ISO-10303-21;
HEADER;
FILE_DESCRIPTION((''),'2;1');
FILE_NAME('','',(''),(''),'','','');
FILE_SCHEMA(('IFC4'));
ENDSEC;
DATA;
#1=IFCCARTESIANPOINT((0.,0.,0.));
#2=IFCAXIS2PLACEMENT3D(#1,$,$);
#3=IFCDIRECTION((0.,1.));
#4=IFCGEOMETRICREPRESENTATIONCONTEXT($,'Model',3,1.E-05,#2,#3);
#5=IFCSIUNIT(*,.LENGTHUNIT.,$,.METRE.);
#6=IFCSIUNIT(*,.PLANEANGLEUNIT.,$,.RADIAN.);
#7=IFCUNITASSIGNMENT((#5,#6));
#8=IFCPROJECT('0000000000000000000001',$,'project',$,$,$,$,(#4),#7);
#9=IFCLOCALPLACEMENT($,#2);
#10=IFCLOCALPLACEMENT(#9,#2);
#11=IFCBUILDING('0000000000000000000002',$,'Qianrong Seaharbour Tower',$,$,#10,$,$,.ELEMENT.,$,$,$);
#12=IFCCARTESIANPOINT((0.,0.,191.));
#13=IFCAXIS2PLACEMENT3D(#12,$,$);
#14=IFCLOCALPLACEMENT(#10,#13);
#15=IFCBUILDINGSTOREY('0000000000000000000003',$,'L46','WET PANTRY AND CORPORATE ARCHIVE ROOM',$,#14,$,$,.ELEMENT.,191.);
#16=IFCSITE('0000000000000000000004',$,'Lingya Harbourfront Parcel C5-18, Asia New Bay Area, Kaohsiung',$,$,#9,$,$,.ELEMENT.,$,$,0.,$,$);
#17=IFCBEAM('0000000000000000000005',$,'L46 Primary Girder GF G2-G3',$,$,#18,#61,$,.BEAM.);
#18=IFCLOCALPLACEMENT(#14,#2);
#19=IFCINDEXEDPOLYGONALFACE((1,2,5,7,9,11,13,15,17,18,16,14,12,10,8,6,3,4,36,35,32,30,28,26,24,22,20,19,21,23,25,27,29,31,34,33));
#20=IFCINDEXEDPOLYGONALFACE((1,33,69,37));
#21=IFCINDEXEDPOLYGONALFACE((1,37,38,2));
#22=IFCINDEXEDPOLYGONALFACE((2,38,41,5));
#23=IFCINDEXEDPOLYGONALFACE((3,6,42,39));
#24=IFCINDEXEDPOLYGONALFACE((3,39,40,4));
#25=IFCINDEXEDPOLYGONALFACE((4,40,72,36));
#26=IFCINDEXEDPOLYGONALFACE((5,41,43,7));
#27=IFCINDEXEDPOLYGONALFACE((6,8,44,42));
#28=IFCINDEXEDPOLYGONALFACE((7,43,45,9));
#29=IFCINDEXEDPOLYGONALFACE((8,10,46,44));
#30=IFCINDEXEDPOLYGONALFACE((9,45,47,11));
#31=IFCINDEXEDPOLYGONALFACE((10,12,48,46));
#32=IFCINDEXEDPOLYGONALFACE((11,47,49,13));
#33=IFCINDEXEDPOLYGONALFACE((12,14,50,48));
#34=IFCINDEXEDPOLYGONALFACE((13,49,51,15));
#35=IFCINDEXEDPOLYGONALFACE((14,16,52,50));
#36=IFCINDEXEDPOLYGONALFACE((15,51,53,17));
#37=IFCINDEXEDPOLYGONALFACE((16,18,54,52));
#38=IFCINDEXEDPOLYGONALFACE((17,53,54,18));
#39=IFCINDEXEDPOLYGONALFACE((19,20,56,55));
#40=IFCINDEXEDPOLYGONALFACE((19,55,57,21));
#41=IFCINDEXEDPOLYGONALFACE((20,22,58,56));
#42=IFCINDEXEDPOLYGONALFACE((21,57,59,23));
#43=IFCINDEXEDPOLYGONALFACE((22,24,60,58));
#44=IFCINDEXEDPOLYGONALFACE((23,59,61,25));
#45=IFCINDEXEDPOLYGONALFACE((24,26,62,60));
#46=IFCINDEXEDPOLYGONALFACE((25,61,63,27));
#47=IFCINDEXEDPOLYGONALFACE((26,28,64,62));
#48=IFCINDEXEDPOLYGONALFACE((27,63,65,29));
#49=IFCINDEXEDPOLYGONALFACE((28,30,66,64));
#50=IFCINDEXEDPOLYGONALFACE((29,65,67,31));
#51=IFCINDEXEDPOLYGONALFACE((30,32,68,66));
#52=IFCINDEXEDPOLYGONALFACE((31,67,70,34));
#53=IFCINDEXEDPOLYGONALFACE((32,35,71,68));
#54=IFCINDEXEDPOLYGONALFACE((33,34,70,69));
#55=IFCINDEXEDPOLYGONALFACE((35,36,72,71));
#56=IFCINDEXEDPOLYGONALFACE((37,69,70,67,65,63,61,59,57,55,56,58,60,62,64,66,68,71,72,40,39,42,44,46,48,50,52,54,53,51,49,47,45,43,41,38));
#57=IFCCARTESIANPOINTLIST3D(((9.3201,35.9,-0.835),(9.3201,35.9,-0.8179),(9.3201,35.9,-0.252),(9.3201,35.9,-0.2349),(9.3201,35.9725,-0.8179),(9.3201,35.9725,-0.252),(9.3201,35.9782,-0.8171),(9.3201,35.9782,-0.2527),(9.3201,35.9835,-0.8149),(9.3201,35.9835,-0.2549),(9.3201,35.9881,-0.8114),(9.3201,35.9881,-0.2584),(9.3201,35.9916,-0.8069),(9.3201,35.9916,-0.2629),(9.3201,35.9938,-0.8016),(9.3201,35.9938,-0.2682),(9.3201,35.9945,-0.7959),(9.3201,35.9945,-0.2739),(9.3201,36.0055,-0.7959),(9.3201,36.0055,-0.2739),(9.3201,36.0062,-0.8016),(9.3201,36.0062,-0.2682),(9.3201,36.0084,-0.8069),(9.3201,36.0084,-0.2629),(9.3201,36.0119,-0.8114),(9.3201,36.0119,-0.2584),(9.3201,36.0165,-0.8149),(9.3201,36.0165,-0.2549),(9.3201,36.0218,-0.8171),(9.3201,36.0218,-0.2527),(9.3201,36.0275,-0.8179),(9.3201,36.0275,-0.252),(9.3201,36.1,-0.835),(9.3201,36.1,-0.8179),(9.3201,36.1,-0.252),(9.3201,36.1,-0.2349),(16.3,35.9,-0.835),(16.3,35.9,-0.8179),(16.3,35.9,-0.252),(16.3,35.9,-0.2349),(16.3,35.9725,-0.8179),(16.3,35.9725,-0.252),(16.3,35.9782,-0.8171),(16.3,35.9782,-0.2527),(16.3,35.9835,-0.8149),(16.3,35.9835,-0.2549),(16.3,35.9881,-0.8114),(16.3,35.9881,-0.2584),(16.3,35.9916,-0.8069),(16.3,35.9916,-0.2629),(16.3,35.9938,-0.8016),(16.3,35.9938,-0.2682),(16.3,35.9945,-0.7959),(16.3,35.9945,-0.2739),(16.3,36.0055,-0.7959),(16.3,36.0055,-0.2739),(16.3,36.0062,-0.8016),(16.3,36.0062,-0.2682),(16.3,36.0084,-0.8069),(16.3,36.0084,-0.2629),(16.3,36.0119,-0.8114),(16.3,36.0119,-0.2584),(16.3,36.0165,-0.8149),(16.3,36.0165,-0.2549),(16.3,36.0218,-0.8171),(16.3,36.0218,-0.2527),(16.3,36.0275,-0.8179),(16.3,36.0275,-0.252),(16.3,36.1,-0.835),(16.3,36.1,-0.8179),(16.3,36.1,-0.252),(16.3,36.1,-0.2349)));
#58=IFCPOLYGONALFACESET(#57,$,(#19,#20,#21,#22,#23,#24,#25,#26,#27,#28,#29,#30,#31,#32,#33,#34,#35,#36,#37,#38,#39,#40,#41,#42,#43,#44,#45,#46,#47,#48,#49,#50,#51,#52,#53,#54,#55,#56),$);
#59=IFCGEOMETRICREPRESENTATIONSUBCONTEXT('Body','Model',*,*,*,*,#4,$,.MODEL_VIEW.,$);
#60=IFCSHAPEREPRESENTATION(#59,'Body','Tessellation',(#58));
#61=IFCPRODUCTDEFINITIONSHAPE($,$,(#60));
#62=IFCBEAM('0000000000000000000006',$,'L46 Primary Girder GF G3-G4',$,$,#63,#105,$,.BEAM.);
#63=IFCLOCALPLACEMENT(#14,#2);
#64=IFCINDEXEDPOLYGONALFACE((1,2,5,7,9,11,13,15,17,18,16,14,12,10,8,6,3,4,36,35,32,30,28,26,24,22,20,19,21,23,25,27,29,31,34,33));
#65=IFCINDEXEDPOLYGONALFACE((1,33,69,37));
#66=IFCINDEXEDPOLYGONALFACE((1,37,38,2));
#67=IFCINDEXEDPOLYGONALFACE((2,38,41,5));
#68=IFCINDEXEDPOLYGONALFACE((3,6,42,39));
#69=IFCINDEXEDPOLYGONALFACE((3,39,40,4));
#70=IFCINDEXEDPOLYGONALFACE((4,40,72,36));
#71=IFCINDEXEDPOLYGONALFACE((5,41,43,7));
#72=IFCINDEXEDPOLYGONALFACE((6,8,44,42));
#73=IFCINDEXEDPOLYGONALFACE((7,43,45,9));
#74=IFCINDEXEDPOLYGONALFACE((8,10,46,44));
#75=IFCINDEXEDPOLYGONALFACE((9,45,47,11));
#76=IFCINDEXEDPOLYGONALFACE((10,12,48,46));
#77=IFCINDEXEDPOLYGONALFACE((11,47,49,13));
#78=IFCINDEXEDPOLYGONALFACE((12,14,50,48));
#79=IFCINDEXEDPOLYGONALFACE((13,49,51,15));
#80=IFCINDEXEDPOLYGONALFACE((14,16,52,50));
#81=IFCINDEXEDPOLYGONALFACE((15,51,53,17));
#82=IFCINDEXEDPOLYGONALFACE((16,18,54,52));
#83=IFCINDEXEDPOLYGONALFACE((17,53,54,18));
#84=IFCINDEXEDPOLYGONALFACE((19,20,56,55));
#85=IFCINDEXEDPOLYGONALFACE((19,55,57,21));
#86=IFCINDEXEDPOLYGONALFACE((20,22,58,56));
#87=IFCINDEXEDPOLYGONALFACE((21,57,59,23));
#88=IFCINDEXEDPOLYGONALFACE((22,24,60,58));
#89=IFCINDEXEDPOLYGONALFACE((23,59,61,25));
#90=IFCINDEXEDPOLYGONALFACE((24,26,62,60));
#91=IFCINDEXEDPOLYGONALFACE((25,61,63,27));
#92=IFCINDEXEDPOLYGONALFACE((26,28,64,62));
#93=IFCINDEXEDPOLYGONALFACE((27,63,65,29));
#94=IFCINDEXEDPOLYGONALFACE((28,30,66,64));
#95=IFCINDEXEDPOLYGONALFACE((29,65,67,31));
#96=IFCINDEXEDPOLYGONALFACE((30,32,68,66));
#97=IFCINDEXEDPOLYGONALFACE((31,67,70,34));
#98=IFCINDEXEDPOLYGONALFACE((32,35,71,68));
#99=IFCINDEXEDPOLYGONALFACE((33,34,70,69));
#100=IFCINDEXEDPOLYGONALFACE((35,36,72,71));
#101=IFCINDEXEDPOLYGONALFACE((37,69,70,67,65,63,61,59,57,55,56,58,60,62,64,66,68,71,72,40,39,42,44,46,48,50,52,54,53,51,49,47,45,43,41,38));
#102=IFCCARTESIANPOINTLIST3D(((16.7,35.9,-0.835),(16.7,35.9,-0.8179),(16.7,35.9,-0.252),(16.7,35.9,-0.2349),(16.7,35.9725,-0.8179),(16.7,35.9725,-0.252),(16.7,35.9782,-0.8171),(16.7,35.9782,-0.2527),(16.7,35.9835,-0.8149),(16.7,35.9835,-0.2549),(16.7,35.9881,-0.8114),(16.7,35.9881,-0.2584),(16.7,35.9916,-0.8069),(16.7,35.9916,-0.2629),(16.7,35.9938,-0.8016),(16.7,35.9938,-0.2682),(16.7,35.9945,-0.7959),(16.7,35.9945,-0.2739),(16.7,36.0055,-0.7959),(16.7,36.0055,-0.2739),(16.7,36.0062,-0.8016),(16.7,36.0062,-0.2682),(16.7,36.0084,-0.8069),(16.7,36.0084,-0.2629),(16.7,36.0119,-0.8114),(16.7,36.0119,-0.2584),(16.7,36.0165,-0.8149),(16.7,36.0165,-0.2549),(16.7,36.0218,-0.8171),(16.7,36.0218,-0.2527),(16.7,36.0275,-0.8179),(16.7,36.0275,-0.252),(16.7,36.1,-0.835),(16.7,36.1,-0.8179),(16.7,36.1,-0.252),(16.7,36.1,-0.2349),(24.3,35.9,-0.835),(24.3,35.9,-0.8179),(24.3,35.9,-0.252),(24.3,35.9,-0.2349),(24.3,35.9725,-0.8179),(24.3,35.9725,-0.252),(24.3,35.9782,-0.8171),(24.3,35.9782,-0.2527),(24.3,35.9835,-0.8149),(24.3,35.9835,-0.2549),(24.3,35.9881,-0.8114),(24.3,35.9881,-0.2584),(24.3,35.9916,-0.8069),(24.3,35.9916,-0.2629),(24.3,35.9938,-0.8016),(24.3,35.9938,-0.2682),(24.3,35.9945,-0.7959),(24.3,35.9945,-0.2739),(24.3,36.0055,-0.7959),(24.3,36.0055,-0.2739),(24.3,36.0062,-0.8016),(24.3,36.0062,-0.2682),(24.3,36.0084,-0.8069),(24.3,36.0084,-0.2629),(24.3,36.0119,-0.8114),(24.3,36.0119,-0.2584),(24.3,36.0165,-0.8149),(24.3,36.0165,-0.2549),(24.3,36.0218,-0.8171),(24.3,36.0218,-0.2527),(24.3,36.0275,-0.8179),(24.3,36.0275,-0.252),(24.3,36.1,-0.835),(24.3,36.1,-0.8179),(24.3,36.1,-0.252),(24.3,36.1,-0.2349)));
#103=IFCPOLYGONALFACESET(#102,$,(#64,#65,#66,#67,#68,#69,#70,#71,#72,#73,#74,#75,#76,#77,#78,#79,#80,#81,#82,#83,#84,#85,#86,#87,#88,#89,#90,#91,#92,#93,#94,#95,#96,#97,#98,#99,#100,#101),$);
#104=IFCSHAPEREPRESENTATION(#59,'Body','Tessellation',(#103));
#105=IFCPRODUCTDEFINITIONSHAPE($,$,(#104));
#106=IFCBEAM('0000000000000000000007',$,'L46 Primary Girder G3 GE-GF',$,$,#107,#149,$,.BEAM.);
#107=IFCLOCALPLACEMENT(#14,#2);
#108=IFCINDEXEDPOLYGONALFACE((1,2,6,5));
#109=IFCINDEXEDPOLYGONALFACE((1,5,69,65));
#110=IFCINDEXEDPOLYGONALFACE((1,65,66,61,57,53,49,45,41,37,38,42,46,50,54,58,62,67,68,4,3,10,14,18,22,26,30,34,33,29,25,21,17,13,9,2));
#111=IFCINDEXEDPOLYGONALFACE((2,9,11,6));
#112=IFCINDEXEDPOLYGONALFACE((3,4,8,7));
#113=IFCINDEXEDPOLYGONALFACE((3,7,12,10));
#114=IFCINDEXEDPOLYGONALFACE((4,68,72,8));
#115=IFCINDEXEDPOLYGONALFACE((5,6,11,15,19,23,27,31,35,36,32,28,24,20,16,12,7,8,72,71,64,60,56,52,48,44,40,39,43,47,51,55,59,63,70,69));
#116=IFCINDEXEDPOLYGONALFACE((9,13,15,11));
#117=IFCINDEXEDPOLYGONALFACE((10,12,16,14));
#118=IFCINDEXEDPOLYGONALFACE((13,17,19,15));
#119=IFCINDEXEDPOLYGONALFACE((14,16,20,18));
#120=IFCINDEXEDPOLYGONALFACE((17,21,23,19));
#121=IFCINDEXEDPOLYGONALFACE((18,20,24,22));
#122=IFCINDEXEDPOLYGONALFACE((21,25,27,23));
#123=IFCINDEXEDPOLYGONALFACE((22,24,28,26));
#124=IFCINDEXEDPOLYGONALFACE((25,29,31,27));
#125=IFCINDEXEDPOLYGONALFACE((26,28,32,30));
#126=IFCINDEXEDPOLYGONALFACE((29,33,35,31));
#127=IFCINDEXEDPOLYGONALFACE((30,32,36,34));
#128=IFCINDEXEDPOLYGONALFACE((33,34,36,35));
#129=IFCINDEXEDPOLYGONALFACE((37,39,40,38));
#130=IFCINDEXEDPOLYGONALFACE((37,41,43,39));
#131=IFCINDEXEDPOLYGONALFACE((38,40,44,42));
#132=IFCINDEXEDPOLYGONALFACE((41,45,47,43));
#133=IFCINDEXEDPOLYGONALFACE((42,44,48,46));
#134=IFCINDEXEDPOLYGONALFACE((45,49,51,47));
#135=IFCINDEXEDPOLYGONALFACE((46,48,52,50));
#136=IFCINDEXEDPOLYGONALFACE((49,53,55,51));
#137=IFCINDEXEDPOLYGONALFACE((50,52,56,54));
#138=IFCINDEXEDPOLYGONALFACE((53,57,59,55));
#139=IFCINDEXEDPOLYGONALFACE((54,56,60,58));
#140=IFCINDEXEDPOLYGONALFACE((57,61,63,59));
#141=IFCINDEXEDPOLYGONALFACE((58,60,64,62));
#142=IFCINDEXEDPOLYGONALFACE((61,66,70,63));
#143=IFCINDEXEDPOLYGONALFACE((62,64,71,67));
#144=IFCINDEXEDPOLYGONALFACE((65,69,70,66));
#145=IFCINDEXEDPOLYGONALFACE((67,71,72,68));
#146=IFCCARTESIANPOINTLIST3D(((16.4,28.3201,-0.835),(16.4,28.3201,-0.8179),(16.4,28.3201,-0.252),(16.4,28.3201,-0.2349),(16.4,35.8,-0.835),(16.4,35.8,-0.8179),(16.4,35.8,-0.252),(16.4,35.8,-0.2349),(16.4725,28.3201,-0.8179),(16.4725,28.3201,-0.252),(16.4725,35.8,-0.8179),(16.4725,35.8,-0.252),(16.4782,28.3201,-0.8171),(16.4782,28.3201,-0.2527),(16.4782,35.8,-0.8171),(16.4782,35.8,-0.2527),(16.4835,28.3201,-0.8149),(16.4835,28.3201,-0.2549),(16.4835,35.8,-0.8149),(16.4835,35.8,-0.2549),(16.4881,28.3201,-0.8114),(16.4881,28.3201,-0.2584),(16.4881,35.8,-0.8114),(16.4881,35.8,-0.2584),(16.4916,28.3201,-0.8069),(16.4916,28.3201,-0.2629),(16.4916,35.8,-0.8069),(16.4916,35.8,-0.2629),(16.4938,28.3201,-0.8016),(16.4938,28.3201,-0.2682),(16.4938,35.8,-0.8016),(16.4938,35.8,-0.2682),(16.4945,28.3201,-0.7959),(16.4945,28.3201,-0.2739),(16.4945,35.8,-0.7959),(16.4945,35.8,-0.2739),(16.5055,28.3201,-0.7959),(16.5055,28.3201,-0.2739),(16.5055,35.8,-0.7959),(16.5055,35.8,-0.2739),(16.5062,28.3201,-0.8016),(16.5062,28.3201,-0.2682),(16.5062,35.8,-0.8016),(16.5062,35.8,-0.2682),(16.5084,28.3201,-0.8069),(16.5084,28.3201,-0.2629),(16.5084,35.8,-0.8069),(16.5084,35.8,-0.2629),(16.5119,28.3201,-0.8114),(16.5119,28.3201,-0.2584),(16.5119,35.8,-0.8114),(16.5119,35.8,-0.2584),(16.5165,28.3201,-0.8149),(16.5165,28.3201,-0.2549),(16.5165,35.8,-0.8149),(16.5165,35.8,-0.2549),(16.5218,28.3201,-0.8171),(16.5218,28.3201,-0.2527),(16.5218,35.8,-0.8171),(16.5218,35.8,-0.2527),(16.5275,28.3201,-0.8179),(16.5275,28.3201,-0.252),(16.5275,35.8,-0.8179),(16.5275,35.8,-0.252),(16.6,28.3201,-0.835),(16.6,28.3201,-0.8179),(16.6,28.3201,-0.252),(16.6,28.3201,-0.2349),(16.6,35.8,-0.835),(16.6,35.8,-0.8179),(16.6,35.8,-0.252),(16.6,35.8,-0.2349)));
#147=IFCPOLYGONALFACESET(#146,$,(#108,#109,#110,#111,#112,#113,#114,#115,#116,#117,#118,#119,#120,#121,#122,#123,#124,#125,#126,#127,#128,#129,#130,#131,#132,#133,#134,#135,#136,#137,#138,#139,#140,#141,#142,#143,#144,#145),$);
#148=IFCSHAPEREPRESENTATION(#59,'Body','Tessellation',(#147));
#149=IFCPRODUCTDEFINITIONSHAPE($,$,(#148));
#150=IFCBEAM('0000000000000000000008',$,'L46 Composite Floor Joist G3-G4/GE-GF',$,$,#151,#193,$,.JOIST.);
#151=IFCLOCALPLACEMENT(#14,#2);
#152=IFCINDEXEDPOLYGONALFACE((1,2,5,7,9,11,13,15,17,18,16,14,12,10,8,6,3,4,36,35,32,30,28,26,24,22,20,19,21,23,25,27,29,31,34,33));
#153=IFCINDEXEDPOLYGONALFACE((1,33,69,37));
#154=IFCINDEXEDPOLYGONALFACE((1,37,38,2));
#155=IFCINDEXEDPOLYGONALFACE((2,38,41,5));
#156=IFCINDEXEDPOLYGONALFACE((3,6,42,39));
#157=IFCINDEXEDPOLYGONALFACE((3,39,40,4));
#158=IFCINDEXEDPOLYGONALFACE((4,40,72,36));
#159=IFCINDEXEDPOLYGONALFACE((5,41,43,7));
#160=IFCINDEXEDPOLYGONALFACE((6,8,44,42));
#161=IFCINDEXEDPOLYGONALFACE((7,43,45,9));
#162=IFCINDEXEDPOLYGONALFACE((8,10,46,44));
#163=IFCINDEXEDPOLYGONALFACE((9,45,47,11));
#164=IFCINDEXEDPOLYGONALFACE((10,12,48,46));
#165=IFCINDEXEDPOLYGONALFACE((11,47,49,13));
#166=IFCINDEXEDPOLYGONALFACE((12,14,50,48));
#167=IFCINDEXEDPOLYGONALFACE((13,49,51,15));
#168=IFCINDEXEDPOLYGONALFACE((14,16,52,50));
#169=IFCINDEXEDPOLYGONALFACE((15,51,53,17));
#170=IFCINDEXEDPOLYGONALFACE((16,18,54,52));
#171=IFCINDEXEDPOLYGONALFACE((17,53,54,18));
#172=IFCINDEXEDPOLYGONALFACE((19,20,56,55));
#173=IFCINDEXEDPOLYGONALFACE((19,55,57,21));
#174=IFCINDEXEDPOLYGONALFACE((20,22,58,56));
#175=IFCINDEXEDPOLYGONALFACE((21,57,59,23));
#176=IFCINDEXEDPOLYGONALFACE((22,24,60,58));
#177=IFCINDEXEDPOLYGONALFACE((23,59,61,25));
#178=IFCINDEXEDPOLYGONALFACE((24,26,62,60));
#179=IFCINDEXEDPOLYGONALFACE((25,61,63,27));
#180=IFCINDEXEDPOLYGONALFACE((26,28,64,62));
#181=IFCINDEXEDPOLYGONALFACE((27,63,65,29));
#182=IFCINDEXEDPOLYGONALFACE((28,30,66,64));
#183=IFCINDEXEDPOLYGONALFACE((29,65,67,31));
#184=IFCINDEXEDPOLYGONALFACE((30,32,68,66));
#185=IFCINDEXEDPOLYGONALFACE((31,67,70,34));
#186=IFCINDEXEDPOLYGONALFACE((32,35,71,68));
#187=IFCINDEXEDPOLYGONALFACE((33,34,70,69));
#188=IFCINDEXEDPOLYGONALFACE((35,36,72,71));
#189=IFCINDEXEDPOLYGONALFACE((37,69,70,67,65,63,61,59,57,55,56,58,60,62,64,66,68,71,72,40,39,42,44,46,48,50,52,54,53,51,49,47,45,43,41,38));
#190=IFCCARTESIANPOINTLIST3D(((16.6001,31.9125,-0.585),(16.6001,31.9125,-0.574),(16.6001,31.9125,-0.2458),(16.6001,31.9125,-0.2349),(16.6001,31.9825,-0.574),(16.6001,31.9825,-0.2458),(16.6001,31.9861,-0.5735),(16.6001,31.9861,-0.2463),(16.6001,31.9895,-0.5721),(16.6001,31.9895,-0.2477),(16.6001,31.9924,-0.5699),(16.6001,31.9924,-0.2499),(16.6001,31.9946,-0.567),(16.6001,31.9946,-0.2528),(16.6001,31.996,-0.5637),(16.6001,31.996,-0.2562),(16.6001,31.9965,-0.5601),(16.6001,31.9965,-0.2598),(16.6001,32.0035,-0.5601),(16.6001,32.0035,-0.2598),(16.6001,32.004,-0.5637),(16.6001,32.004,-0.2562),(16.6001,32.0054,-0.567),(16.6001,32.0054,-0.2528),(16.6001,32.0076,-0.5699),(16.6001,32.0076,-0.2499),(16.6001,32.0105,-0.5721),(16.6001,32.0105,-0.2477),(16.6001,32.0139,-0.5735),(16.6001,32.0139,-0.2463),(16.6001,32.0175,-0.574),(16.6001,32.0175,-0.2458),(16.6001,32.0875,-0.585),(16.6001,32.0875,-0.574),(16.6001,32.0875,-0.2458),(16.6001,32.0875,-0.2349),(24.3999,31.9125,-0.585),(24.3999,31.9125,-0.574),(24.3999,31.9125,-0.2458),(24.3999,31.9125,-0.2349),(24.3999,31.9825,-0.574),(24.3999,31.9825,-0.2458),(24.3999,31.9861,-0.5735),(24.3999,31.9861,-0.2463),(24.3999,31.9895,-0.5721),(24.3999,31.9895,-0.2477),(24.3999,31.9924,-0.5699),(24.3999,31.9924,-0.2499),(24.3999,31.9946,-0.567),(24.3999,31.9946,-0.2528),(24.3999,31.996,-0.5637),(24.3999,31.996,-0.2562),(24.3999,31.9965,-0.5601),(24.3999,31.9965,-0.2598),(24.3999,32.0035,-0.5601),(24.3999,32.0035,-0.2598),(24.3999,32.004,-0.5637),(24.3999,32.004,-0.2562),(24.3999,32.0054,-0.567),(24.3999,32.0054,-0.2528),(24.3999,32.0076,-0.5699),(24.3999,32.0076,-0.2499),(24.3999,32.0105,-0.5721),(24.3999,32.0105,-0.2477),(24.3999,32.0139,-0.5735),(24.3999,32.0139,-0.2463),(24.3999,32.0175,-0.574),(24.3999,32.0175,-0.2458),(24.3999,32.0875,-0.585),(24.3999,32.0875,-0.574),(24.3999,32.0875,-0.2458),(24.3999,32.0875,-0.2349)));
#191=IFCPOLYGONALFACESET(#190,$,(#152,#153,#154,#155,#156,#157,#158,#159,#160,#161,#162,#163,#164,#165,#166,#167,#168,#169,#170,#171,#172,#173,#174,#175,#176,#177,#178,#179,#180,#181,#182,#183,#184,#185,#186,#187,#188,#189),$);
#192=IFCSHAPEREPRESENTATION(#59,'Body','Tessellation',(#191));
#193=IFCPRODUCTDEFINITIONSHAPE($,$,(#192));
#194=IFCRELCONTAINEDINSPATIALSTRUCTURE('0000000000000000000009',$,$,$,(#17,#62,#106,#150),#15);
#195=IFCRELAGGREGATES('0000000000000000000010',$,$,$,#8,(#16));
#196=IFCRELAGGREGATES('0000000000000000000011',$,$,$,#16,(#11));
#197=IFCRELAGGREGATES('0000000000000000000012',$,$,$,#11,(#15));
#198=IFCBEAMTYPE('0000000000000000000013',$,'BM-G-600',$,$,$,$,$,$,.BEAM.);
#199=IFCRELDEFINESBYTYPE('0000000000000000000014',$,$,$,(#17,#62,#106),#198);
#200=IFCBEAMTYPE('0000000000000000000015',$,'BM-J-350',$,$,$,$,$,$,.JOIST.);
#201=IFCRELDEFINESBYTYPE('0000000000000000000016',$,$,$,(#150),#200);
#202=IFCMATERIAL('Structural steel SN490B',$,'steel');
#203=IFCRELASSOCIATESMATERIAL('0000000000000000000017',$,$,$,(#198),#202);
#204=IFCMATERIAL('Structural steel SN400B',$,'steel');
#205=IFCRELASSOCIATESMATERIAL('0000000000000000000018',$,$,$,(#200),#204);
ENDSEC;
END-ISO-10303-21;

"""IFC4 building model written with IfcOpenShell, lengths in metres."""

from ifc_helpers import new_model, si_unit, direction, frame, origin, origin_2d, place, context, subcontext, project, spatial, i_section, extrude, material, material_profile, profile_set, type_object, element, save


model = new_model("IFC4")

# Units and contexts
model_context = context("Model", 3, precision=1e-05, world=origin(), true_north=direction((0.0, 1.0)))
body_context = subcontext(model_context, "Body", "Model", "MODEL_VIEW")
ifc_project = project(units=[si_unit("LENGTHUNIT", "METRE"), si_unit("PLANEANGLEUNIT", "RADIAN")], contexts=[model_context])

# Site, building, storey
site_placement = place(None, origin())
site = spatial("IfcSite", under=ifc_project, at=site_placement, Name="Lingya Harbourfront Parcel C5-18, Asia New Bay Area, Kaohsiung", CompositionType="ELEMENT", RefElevation=0.0)
building_placement = place(site_placement, origin())
building = spatial("IfcBuilding", under=site, at=building_placement, Name="Qianrong Seaharbour Tower", CompositionType="ELEMENT")
storey_placement = place(building_placement, frame((0.0, 0.0, 191.0)))
storey = spatial("IfcBuildingStorey", under=building, at=storey_placement, Name="L46", Description="WET PANTRY AND CORPORATE ARCHIVE ROOM", CompositionType="ELEMENT", Elevation=191.0)

# Shared definitions
ifc_material_1 = material(Name="Structural steel SN490B", Category="steel")

# Beams
ifc_material_profile_1 = material_profile(ifc_material_1, i_section(OverallWidth=0.2, OverallDepth=0.6001, WebThickness=0.011, FlangeThickness=0.0171, FilletRadius=0.022, at=origin_2d()), Name="H600x200x11x17")
ifc_profile_set_1 = profile_set([ifc_material_profile_1], Name="Structural steel SN490B")
beam_type_1 = type_object("IfcBeamType", Name="BM-G-600", PredefinedType="BEAM", material=ifc_profile_set_1)
beam_1_placement = place(storey_placement, frame((9.3201, 36.0, -0.5349), z_axis=(1.0, 0.0, 0.0), x_axis=(0.0, 1.0, 0.0)))
element("IfcBeam", 1, at=beam_1_placement, inside=storey, type_object=beam_type_1, Name="L46 Primary Girder GF G2-G3", PredefinedType="BEAM", context=body_context, shape_type="SweptSolid", body=[
    extrude(i_section(OverallWidth=0.2, OverallDepth=0.6001, WebThickness=0.011, FlangeThickness=0.0171, FilletRadius=0.022, at=origin_2d()), origin(), (0.0, 0.0, 1.0), 6.98),
])
beam_2_placement = place(storey_placement, frame((16.7, 36.0, -0.5349), z_axis=(1.0, 0.0, 0.0), x_axis=(0.0, 1.0, 0.0)))
element("IfcBeam", 2, at=beam_2_placement, inside=storey, type_object=beam_type_1, Name="L46 Primary Girder GF G3-G4", PredefinedType="BEAM", context=body_context, shape_type="SweptSolid", body=[
    extrude(i_section(OverallWidth=0.2, OverallDepth=0.6001, WebThickness=0.011, FlangeThickness=0.0171, FilletRadius=0.022, at=origin_2d()), origin(), (0.0, 0.0, 1.0), 7.6001),
])
beam_3_placement = place(storey_placement, frame((16.5, 28.3201, -0.5349), z_axis=(0.0, 1.0, 0.0), x_axis=(-1.0, 0.0, 0.0)))
element("IfcBeam", 3, at=beam_3_placement, inside=storey, type_object=beam_type_1, Name="L46 Primary Girder G3 GE-GF", PredefinedType="BEAM", context=body_context, shape_type="SweptSolid", body=[
    extrude(i_section(OverallWidth=0.2, OverallDepth=0.6001, WebThickness=0.011, FlangeThickness=0.0171, FilletRadius=0.022, at=origin_2d()), origin(), (0.0, 0.0, 1.0), 7.48),
])
ifc_material_2 = material(Name="Structural steel SN400B", Category="steel")
ifc_material_profile_2 = material_profile(ifc_material_2, i_section(OverallWidth=0.175, OverallDepth=0.3501, WebThickness=0.0071, FlangeThickness=0.011, FilletRadius=0.0139, at=origin_2d()), Name="H350x175x7x11")
ifc_profile_set_2 = profile_set([ifc_material_profile_2], Name="Structural steel SN400B")
beam_type_2 = type_object("IfcBeamType", Name="BM-J-350", PredefinedType="JOIST", material=ifc_profile_set_2)
beam_4_placement = place(storey_placement, frame((16.6001, 32.0, -0.4099), z_axis=(1.0, 0.0, 0.0), x_axis=(0.0, 1.0, 0.0)))
element("IfcBeam", 4, at=beam_4_placement, inside=storey, type_object=beam_type_2, Name="L46 Composite Floor Joist G3-G4/GE-GF", PredefinedType="JOIST", context=body_context, shape_type="SweptSolid", body=[
    extrude(i_section(OverallWidth=0.175, OverallDepth=0.3501, WebThickness=0.0071, FlangeThickness=0.011, FilletRadius=0.0139, at=origin_2d()), origin(), (0.0, 0.0, 1.0), 7.7998),
])

save(model, "model.ifc")
